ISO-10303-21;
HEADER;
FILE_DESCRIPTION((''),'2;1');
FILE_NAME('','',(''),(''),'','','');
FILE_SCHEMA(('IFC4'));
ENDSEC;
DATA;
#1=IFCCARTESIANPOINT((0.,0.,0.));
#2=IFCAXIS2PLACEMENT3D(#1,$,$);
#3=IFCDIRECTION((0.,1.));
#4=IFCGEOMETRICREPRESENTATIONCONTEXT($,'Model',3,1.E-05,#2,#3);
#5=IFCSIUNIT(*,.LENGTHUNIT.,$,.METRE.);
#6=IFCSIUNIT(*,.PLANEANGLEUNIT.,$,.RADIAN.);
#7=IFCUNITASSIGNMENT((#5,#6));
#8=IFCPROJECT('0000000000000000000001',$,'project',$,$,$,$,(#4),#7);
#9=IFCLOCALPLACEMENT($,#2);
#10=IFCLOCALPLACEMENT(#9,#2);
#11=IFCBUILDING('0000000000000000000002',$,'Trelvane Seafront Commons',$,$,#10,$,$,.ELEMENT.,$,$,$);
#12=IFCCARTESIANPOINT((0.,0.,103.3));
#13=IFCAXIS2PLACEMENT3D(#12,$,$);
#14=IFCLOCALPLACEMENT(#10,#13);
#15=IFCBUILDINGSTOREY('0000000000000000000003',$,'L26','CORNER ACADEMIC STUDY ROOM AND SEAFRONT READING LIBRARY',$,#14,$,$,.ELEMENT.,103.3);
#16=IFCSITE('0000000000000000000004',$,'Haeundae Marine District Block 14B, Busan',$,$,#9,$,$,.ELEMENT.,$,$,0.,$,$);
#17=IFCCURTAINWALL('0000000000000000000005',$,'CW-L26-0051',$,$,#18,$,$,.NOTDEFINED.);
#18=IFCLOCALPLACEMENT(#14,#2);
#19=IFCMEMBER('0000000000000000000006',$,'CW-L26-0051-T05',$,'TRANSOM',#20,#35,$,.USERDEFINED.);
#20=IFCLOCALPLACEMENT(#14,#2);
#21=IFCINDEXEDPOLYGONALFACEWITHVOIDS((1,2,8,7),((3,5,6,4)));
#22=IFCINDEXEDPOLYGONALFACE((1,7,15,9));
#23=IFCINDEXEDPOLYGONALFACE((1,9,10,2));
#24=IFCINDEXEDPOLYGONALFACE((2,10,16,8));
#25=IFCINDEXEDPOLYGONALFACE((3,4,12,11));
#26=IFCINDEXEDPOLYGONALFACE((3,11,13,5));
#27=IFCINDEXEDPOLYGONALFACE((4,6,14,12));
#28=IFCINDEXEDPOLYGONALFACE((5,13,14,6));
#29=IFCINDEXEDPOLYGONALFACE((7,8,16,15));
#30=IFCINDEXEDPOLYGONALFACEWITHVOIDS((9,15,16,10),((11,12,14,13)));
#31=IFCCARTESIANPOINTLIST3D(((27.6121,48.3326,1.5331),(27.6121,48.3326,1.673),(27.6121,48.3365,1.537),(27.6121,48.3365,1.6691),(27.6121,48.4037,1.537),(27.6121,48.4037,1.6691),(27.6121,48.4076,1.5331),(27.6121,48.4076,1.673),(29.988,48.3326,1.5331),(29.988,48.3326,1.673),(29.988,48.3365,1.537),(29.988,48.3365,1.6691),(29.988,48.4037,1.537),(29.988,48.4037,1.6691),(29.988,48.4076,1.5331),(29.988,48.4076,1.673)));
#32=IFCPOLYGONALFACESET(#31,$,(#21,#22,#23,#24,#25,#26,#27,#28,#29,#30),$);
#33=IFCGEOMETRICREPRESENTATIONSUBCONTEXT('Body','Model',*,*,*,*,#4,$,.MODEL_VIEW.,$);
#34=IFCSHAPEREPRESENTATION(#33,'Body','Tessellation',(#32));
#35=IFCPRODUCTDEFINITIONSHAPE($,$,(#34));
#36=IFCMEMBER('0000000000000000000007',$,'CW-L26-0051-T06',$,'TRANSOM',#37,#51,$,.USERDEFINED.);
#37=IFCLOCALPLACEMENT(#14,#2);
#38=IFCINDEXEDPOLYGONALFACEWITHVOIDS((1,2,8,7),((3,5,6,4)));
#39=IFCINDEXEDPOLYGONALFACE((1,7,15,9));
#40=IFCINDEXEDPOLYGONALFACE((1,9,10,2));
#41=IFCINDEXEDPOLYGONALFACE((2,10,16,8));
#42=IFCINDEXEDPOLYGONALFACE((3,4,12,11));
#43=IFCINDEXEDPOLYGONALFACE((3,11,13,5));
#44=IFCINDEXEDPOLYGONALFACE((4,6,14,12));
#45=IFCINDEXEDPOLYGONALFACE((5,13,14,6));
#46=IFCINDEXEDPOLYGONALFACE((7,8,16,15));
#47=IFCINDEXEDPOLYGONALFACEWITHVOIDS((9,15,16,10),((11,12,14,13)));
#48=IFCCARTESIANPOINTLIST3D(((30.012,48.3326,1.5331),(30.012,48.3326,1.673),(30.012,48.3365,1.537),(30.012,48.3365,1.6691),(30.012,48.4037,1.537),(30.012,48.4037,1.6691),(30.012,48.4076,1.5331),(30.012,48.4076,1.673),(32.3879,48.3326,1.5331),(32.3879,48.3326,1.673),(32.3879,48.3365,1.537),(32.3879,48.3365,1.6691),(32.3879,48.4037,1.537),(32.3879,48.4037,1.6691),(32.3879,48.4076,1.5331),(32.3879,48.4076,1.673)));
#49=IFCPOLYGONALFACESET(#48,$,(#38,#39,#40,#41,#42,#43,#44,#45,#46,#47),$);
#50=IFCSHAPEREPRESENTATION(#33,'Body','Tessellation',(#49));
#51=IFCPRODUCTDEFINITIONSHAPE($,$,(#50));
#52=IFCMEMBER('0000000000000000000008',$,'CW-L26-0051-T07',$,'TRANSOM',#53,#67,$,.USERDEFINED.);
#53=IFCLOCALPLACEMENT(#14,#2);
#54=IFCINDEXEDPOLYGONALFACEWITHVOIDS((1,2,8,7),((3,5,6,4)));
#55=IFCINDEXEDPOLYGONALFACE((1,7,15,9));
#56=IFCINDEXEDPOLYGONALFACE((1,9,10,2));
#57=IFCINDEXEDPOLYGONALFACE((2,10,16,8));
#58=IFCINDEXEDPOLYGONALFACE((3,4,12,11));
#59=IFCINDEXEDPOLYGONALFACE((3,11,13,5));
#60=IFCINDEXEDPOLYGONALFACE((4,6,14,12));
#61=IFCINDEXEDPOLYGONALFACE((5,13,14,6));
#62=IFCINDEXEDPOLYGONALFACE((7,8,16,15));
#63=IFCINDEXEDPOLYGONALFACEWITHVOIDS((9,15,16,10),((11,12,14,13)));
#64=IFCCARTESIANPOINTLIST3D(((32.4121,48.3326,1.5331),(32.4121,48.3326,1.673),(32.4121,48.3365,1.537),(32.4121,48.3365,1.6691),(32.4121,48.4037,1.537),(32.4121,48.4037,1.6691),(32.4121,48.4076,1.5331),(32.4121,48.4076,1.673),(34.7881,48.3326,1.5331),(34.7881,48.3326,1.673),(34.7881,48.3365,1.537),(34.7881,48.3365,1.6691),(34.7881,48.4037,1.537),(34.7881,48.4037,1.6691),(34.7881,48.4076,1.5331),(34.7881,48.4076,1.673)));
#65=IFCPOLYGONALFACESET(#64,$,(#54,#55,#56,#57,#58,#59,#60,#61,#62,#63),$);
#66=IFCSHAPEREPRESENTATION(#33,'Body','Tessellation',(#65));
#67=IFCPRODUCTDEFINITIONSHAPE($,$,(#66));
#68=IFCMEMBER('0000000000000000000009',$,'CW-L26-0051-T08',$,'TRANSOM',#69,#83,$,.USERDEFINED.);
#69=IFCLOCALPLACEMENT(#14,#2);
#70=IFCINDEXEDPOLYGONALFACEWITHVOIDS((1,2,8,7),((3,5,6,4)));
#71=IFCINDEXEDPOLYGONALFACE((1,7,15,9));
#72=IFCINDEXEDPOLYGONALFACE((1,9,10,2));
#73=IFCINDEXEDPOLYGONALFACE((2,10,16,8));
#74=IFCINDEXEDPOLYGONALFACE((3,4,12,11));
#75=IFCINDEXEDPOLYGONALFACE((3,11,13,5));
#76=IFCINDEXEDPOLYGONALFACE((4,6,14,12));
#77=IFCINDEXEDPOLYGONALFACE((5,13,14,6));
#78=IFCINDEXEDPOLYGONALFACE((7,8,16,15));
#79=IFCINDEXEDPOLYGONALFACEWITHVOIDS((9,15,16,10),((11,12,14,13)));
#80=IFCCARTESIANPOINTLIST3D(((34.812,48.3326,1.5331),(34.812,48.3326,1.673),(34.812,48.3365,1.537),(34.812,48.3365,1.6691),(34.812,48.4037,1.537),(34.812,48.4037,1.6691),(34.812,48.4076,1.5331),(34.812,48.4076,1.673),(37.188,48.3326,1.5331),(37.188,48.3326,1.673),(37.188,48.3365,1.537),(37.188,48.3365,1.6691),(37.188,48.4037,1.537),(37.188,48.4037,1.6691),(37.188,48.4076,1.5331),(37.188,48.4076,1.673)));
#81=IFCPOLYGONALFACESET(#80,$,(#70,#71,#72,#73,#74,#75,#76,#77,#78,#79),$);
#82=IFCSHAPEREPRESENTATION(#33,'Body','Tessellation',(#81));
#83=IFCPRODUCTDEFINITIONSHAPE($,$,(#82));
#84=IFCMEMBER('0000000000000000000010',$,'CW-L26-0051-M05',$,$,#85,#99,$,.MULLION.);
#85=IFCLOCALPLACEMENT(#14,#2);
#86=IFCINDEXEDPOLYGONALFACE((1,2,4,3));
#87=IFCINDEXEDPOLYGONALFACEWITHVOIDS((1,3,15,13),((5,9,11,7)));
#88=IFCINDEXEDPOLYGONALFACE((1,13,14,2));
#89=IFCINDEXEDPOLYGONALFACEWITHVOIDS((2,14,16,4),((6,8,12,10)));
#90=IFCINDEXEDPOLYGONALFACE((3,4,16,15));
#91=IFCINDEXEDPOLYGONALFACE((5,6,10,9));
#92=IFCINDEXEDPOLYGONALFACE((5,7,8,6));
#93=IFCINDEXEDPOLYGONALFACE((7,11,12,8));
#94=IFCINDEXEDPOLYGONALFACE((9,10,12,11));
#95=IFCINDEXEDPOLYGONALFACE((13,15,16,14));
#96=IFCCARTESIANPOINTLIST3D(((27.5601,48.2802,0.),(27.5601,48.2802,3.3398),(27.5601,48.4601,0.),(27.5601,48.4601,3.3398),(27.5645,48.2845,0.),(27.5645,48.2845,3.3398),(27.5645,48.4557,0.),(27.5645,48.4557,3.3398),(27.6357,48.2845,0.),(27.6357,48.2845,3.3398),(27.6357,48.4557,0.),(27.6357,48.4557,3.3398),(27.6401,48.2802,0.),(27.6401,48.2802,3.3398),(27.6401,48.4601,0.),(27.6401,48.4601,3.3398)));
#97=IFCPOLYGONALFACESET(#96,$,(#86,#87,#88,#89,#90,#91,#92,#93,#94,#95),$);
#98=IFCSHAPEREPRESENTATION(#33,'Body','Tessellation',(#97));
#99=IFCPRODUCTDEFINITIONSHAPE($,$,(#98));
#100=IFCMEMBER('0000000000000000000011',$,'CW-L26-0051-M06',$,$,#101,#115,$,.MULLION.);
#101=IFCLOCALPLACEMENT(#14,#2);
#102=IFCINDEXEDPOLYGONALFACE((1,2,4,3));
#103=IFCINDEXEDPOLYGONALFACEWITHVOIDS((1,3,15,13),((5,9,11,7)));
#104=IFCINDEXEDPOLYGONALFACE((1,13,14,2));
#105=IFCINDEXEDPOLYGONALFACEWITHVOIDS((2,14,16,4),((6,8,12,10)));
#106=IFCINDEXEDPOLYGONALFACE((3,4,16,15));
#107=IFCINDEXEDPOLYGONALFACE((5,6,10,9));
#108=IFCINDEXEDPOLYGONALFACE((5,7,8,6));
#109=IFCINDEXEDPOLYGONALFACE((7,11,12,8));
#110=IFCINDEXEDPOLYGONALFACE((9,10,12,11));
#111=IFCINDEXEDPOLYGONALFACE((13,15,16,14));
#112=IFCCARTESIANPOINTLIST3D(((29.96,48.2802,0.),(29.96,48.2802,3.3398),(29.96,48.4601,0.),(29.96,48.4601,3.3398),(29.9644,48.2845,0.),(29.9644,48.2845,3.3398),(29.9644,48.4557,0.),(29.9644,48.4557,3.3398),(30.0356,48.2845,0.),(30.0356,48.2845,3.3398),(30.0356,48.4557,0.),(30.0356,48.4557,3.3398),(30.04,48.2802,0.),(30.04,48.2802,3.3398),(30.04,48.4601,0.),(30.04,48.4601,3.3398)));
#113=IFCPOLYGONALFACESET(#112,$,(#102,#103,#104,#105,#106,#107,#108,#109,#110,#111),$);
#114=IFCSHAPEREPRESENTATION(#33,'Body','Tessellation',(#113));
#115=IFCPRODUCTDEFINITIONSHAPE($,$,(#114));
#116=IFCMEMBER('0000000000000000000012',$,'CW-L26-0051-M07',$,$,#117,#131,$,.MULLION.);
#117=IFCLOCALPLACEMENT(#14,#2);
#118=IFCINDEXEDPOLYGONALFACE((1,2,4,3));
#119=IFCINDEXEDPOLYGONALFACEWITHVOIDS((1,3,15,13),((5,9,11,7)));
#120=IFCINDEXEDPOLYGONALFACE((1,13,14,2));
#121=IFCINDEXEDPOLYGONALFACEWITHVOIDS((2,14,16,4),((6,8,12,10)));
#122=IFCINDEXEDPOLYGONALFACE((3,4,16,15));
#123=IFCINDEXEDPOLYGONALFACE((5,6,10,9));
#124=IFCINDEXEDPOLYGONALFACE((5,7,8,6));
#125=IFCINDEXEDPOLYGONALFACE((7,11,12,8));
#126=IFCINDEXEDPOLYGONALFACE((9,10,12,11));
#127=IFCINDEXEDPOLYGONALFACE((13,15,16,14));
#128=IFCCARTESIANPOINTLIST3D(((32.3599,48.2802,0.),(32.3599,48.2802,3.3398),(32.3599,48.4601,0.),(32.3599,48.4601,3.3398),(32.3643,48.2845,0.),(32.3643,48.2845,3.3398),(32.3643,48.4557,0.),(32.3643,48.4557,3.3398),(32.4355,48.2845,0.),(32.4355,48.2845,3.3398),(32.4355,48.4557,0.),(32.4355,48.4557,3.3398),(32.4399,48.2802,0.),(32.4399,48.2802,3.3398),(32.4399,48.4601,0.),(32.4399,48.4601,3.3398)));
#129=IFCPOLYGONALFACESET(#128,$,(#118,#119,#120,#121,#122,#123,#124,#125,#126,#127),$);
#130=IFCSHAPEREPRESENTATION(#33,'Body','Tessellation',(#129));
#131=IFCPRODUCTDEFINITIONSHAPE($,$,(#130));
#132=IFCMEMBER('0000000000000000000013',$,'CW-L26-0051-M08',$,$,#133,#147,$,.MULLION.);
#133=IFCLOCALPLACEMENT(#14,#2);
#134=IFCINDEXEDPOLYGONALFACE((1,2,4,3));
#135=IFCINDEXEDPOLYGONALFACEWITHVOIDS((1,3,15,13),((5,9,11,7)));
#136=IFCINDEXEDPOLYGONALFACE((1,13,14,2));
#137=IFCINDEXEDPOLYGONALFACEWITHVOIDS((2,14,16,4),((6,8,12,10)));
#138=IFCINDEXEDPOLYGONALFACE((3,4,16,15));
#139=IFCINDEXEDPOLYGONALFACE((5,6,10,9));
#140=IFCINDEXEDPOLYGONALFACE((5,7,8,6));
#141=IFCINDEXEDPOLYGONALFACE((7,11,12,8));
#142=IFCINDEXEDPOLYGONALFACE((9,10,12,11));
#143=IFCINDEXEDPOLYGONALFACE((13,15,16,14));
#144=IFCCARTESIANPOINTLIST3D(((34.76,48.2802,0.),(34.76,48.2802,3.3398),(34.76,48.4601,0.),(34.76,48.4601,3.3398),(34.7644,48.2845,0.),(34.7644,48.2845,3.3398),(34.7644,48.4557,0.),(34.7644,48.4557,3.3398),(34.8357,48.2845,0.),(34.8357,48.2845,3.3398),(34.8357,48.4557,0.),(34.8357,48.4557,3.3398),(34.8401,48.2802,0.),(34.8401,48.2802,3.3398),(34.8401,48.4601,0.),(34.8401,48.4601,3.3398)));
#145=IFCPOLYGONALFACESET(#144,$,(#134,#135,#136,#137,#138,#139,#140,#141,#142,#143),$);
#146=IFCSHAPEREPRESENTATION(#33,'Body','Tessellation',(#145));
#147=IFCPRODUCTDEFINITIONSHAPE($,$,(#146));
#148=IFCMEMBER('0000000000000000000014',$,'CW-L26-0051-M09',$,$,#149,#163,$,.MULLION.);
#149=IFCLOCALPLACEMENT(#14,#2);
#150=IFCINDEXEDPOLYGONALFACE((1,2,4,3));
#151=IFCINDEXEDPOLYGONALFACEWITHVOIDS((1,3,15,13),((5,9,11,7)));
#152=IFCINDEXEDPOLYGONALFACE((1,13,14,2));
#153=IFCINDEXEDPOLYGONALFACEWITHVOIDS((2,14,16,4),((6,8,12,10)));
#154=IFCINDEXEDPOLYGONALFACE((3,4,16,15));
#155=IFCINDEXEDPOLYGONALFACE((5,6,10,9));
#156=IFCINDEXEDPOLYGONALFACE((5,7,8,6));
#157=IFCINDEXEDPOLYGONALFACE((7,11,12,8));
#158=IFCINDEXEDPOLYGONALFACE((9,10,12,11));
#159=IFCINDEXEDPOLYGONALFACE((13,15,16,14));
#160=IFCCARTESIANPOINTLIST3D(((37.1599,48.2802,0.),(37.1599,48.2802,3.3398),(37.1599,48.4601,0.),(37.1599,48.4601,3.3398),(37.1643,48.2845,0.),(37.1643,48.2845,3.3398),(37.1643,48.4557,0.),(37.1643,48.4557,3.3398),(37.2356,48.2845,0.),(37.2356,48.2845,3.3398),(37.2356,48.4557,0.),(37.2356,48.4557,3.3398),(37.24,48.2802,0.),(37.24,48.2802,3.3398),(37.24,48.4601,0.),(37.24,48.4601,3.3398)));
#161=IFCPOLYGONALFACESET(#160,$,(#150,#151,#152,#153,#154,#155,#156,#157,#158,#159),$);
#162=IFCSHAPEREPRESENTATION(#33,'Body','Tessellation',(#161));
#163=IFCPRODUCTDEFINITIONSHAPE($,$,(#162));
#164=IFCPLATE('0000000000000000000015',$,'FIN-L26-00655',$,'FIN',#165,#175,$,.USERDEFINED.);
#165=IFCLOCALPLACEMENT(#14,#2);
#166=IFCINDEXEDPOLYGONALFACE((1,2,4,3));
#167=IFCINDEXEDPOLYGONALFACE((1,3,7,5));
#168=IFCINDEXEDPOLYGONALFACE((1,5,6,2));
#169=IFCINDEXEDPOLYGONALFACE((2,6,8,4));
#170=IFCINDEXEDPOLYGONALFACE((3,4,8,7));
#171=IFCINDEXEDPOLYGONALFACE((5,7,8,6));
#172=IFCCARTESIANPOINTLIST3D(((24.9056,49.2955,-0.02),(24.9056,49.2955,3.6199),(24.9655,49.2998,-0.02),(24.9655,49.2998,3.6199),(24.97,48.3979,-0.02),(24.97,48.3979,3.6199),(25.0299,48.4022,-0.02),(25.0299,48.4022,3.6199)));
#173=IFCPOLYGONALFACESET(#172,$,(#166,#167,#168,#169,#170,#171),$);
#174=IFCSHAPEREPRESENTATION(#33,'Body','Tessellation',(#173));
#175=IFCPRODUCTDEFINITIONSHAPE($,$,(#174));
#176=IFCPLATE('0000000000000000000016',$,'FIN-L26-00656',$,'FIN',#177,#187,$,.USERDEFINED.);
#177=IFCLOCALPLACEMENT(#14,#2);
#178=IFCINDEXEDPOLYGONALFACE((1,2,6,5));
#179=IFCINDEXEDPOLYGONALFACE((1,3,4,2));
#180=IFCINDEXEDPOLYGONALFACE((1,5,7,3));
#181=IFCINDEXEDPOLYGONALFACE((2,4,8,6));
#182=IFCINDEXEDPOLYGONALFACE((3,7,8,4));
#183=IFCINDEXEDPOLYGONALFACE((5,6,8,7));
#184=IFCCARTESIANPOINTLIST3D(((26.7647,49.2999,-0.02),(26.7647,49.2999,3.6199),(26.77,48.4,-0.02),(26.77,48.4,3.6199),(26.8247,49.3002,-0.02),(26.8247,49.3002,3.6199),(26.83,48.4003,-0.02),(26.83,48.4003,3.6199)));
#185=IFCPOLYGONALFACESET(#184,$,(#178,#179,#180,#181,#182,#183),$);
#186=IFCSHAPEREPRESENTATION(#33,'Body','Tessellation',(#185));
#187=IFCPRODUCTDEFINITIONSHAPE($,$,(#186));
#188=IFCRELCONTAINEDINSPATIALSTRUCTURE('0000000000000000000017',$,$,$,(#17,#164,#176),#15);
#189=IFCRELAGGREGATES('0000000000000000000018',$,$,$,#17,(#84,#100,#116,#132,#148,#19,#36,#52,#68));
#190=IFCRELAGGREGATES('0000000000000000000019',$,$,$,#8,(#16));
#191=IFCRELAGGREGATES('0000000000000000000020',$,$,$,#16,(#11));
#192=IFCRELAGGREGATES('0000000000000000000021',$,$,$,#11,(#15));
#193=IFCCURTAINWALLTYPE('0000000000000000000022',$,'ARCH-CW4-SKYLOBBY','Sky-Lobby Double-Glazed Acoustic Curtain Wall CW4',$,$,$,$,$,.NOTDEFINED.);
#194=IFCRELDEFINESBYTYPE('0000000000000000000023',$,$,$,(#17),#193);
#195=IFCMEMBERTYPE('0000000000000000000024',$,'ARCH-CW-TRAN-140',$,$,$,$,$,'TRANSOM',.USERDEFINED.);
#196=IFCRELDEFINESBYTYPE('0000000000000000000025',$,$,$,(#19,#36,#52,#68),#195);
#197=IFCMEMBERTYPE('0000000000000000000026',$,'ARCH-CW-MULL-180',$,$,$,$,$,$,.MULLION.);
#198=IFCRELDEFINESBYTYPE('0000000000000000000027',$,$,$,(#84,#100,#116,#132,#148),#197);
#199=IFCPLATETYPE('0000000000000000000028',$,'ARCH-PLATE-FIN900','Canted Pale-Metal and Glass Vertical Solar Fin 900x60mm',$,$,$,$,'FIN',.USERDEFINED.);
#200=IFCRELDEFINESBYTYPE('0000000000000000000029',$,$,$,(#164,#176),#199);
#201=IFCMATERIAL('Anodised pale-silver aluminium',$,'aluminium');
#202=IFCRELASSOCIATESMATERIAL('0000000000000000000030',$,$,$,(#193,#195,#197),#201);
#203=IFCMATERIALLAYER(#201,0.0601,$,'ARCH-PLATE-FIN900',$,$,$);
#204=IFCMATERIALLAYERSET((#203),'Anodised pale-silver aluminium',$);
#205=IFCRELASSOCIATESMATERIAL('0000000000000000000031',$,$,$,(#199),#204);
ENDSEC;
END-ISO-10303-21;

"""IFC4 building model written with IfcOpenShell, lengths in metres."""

from ifc_helpers import new_model, si_unit, direction, frame, origin, origin_2d, place, context, subcontext, project, spatial, rectangle, hollow_rectangle, extrude, source, transform, mapped, material, layer, layer_set, material_profile, profile_set, type_object, element, aggregate, save


model = new_model("IFC4")

# Units and contexts
model_context = context("Model", 3, precision=1e-05, world=origin(), true_north=direction((0.0, 1.0)))
body_context = subcontext(model_context, "Body", "Model", "MODEL_VIEW")
ifc_project = project(units=[si_unit("LENGTHUNIT", "METRE"), si_unit("PLANEANGLEUNIT", "RADIAN")], contexts=[model_context])

# Site, building, storey
site_placement = place(None, origin())
site = spatial("IfcSite", under=ifc_project, at=site_placement, Name="Haeundae Marine District Block 14B, Busan", CompositionType="ELEMENT", RefElevation=0.0)
building_placement = place(site_placement, origin())
building = spatial("IfcBuilding", under=site, at=building_placement, Name="Trelvane Seafront Commons", CompositionType="ELEMENT")
storey_placement = place(building_placement, frame((0.0, 0.0, 103.3)))
storey = spatial("IfcBuildingStorey", under=building, at=storey_placement, Name="L26", Description="CORNER ACADEMIC STUDY ROOM AND SEAFRONT READING LIBRARY", CompositionType="ELEMENT", Elevation=103.3)

# Curtain wall, members
ifc_material_1 = material(Name="Anodised pale-silver aluminium", Category="aluminium")
curtain_wall_type = type_object("IfcCurtainWallType", Name="ARCH-CW4-SKYLOBBY", Description="Sky-Lobby Double-Glazed Acoustic Curtain Wall CW4", PredefinedType="NOTDEFINED", material=ifc_material_1)
curtain_wall_placement = place(storey_placement, origin())
curtain_wall = element("IfcCurtainWall", 1, at=curtain_wall_placement, inside=storey, type_object=curtain_wall_type, Name="CW-L26-0051", PredefinedType="NOTDEFINED")
ifc_material_profile_1 = material_profile(ifc_material_1, hollow_rectangle(XDim=0.075, YDim=0.1399, WallThickness=0.0039, at=origin_2d()), Name="TRAN-75x140x4")
ifc_profile_set_1 = profile_set([ifc_material_profile_1], Name="Anodised pale-silver aluminium")
member_type_1 = type_object("IfcMemberType", Name="ARCH-CW-TRAN-140", ElementType="TRANSOM", PredefinedType="USERDEFINED", material=ifc_profile_set_1)
shared_shape_1 = source(origin(), body_context, "Body", "SweptSolid", [
    extrude(hollow_rectangle(XDim=0.075, YDim=0.1399, WallThickness=0.0039, at=origin_2d()), origin(), (0.0, 0.0, 1.0), 2.376),
])
member_1_placement = place(storey_placement, frame((27.6121, 48.3701, 1.603), z_axis=(1.0, 0.0, 0.0), x_axis=(0.0, 1.0, 0.0)))
member_1 = element("IfcMember", 2, at=member_1_placement, type_object=member_type_1, Name="CW-L26-0051-T05", ObjectType="TRANSOM", PredefinedType="USERDEFINED", context=body_context, shape_type="MappedRepresentation", body=[
    mapped(shared_shape_1, transform((0.0, 0.0, 0.0), x_axis=(1.0, 0.0, 0.0), y_axis=(0.0, 1.0, 0.0), z_axis=(0.0, 0.0, 1.0), scale=1.0)),
])
member_2_placement = place(storey_placement, frame((30.012, 48.3701, 1.603), z_axis=(1.0, 0.0, 0.0), x_axis=(0.0, 1.0, 0.0)))
member_2 = element("IfcMember", 3, at=member_2_placement, type_object=member_type_1, Name="CW-L26-0051-T06", ObjectType="TRANSOM", PredefinedType="USERDEFINED", context=body_context, shape_type="MappedRepresentation", body=[
    mapped(shared_shape_1, transform((0.0, 0.0, 0.0), x_axis=(1.0, 0.0, 0.0), y_axis=(0.0, 1.0, 0.0), z_axis=(0.0, 0.0, 1.0), scale=1.0)),
])
member_3_placement = place(storey_placement, frame((32.4121, 48.3701, 1.603), z_axis=(1.0, 0.0, 0.0), x_axis=(0.0, 1.0, 0.0)))
member_3 = element("IfcMember", 4, at=member_3_placement, type_object=member_type_1, Name="CW-L26-0051-T07", ObjectType="TRANSOM", PredefinedType="USERDEFINED", context=body_context, shape_type="MappedRepresentation", body=[
    mapped(shared_shape_1, transform((0.0, 0.0, 0.0), x_axis=(1.0, 0.0, 0.0), y_axis=(0.0, 1.0, 0.0), z_axis=(0.0, 0.0, 1.0), scale=1.0)),
])
member_4_placement = place(storey_placement, frame((34.812, 48.3701, 1.603), z_axis=(1.0, 0.0, 0.0), x_axis=(0.0, 1.0, 0.0)))
member_4 = element("IfcMember", 5, at=member_4_placement, type_object=member_type_1, Name="CW-L26-0051-T08", ObjectType="TRANSOM", PredefinedType="USERDEFINED", context=body_context, shape_type="MappedRepresentation", body=[
    mapped(shared_shape_1, transform((0.0, 0.0, 0.0), x_axis=(1.0, 0.0, 0.0), y_axis=(0.0, 1.0, 0.0), z_axis=(0.0, 0.0, 1.0), scale=1.0)),
])
ifc_material_profile_2 = material_profile(ifc_material_1, hollow_rectangle(XDim=0.0801, YDim=0.1799, WallThickness=0.0044, at=origin_2d()), Name="MULL-80x180x4.5")
ifc_profile_set_2 = profile_set([ifc_material_profile_2], Name="Anodised pale-silver aluminium")
member_type_2 = type_object("IfcMemberType", Name="ARCH-CW-MULL-180", PredefinedType="MULLION", material=ifc_profile_set_2)
shared_shape_2 = source(origin(), body_context, "Body", "SweptSolid", [
    extrude(hollow_rectangle(XDim=0.0801, YDim=0.1799, WallThickness=0.0044, at=origin_2d()), origin(), (0.0, 0.0, 1.0), 3.3398),
])
member_5_placement = place(storey_placement, frame((27.6001, 48.3701, 0.0), z_axis=(0.0, 0.0, 1.0), x_axis=(1.0, 0.0, 0.0)))
member_5 = element("IfcMember", 6, at=member_5_placement, type_object=member_type_2, Name="CW-L26-0051-M05", PredefinedType="MULLION", context=body_context, shape_type="MappedRepresentation", body=[
    mapped(shared_shape_2, transform((0.0, 0.0, 0.0), x_axis=(1.0, 0.0, 0.0), y_axis=(0.0, 1.0, 0.0), z_axis=(0.0, 0.0, 1.0), scale=1.0)),
])
member_6_placement = place(storey_placement, frame((30.0, 48.3701, 0.0), z_axis=(0.0, 0.0, 1.0), x_axis=(1.0, 0.0, 0.0)))
member_6 = element("IfcMember", 7, at=member_6_placement, type_object=member_type_2, Name="CW-L26-0051-M06", PredefinedType="MULLION", context=body_context, shape_type="MappedRepresentation", body=[
    mapped(shared_shape_2, transform((0.0, 0.0, 0.0), x_axis=(1.0, 0.0, 0.0), y_axis=(0.0, 1.0, 0.0), z_axis=(0.0, 0.0, 1.0), scale=1.0)),
])
member_7_placement = place(storey_placement, frame((32.3999, 48.3701, 0.0), z_axis=(0.0, 0.0, 1.0), x_axis=(1.0, 0.0, 0.0)))
member_7 = element("IfcMember", 8, at=member_7_placement, type_object=member_type_2, Name="CW-L26-0051-M07", PredefinedType="MULLION", context=body_context, shape_type="MappedRepresentation", body=[
    mapped(shared_shape_2, transform((0.0, 0.0, 0.0), x_axis=(1.0, 0.0, 0.0), y_axis=(0.0, 1.0, 0.0), z_axis=(0.0, 0.0, 1.0), scale=1.0)),
])
member_8_placement = place(storey_placement, frame((34.8, 48.3701, 0.0), z_axis=(0.0, 0.0, 1.0), x_axis=(1.0, 0.0, 0.0)))
member_8 = element("IfcMember", 9, at=member_8_placement, type_object=member_type_2, Name="CW-L26-0051-M08", PredefinedType="MULLION", context=body_context, shape_type="MappedRepresentation", body=[
    mapped(shared_shape_2, transform((0.0, 0.0, 0.0), x_axis=(1.0, 0.0, 0.0), y_axis=(0.0, 1.0, 0.0), z_axis=(0.0, 0.0, 1.0), scale=1.0)),
])
member_9_placement = place(storey_placement, frame((37.2, 48.3701, 0.0), z_axis=(0.0, 0.0, 1.0), x_axis=(1.0, 0.0, 0.0)))
member_9 = element("IfcMember", 10, at=member_9_placement, type_object=member_type_2, Name="CW-L26-0051-M09", PredefinedType="MULLION", context=body_context, shape_type="MappedRepresentation", body=[
    mapped(shared_shape_2, transform((0.0, 0.0, 0.0), x_axis=(1.0, 0.0, 0.0), y_axis=(0.0, 1.0, 0.0), z_axis=(0.0, 0.0, 1.0), scale=1.0)),
])

# Plates
ifc_layer_1 = layer(ifc_material_1, 0.0601, Name="ARCH-PLATE-FIN900")
ifc_layer_set_1 = layer_set([ifc_layer_1], Name="Anodised pale-silver aluminium")
plate_type_1 = type_object("IfcPlateType", Name="ARCH-PLATE-FIN900", Description="Canted Pale-Metal and Glass Vertical Solar Fin 900x60mm", ElementType="FIN", PredefinedType="USERDEFINED", material=ifc_layer_set_1)
shared_shape_3 = source(origin(), body_context, "Body", "SweptSolid", [
    extrude(rectangle(XDim=0.8999, YDim=0.0601, at=origin_2d()), origin(), (0.0, 0.0, 1.0), 3.6399),
])
for number, where, z_axis, x_axis, name in (
    (11, (24.9678, 48.8489, -0.02), (0.0, 0.0, 1.0), (-0.071555, 0.997437, 0.0), "FIN-L26-00655"),
    (12, (26.7974, 48.8501, -0.02), (0.0, 0.0, 1.0), (-0.005889, 0.999983, 0.0), "FIN-L26-00656"),
):
    element("IfcPlate", number, at=place(storey_placement, frame(where, z_axis=z_axis, x_axis=x_axis)), inside=storey, type_object=plate_type_1, Name=name, ObjectType="FIN", PredefinedType="USERDEFINED", context=body_context, shape_type="MappedRepresentation", body=[
        mapped(shared_shape_3, transform((0.0, 0.0, 0.0), x_axis=(1.0, 0.0, 0.0), y_axis=(0.0, 1.0, 0.0), z_axis=(0.0, 0.0, 1.0), scale=1.0)),
    ])

aggregate(curtain_wall, [member_5, member_6, member_7, member_8, member_9, member_1, member_2, member_3, member_4])

save(model, "model.ifc")
